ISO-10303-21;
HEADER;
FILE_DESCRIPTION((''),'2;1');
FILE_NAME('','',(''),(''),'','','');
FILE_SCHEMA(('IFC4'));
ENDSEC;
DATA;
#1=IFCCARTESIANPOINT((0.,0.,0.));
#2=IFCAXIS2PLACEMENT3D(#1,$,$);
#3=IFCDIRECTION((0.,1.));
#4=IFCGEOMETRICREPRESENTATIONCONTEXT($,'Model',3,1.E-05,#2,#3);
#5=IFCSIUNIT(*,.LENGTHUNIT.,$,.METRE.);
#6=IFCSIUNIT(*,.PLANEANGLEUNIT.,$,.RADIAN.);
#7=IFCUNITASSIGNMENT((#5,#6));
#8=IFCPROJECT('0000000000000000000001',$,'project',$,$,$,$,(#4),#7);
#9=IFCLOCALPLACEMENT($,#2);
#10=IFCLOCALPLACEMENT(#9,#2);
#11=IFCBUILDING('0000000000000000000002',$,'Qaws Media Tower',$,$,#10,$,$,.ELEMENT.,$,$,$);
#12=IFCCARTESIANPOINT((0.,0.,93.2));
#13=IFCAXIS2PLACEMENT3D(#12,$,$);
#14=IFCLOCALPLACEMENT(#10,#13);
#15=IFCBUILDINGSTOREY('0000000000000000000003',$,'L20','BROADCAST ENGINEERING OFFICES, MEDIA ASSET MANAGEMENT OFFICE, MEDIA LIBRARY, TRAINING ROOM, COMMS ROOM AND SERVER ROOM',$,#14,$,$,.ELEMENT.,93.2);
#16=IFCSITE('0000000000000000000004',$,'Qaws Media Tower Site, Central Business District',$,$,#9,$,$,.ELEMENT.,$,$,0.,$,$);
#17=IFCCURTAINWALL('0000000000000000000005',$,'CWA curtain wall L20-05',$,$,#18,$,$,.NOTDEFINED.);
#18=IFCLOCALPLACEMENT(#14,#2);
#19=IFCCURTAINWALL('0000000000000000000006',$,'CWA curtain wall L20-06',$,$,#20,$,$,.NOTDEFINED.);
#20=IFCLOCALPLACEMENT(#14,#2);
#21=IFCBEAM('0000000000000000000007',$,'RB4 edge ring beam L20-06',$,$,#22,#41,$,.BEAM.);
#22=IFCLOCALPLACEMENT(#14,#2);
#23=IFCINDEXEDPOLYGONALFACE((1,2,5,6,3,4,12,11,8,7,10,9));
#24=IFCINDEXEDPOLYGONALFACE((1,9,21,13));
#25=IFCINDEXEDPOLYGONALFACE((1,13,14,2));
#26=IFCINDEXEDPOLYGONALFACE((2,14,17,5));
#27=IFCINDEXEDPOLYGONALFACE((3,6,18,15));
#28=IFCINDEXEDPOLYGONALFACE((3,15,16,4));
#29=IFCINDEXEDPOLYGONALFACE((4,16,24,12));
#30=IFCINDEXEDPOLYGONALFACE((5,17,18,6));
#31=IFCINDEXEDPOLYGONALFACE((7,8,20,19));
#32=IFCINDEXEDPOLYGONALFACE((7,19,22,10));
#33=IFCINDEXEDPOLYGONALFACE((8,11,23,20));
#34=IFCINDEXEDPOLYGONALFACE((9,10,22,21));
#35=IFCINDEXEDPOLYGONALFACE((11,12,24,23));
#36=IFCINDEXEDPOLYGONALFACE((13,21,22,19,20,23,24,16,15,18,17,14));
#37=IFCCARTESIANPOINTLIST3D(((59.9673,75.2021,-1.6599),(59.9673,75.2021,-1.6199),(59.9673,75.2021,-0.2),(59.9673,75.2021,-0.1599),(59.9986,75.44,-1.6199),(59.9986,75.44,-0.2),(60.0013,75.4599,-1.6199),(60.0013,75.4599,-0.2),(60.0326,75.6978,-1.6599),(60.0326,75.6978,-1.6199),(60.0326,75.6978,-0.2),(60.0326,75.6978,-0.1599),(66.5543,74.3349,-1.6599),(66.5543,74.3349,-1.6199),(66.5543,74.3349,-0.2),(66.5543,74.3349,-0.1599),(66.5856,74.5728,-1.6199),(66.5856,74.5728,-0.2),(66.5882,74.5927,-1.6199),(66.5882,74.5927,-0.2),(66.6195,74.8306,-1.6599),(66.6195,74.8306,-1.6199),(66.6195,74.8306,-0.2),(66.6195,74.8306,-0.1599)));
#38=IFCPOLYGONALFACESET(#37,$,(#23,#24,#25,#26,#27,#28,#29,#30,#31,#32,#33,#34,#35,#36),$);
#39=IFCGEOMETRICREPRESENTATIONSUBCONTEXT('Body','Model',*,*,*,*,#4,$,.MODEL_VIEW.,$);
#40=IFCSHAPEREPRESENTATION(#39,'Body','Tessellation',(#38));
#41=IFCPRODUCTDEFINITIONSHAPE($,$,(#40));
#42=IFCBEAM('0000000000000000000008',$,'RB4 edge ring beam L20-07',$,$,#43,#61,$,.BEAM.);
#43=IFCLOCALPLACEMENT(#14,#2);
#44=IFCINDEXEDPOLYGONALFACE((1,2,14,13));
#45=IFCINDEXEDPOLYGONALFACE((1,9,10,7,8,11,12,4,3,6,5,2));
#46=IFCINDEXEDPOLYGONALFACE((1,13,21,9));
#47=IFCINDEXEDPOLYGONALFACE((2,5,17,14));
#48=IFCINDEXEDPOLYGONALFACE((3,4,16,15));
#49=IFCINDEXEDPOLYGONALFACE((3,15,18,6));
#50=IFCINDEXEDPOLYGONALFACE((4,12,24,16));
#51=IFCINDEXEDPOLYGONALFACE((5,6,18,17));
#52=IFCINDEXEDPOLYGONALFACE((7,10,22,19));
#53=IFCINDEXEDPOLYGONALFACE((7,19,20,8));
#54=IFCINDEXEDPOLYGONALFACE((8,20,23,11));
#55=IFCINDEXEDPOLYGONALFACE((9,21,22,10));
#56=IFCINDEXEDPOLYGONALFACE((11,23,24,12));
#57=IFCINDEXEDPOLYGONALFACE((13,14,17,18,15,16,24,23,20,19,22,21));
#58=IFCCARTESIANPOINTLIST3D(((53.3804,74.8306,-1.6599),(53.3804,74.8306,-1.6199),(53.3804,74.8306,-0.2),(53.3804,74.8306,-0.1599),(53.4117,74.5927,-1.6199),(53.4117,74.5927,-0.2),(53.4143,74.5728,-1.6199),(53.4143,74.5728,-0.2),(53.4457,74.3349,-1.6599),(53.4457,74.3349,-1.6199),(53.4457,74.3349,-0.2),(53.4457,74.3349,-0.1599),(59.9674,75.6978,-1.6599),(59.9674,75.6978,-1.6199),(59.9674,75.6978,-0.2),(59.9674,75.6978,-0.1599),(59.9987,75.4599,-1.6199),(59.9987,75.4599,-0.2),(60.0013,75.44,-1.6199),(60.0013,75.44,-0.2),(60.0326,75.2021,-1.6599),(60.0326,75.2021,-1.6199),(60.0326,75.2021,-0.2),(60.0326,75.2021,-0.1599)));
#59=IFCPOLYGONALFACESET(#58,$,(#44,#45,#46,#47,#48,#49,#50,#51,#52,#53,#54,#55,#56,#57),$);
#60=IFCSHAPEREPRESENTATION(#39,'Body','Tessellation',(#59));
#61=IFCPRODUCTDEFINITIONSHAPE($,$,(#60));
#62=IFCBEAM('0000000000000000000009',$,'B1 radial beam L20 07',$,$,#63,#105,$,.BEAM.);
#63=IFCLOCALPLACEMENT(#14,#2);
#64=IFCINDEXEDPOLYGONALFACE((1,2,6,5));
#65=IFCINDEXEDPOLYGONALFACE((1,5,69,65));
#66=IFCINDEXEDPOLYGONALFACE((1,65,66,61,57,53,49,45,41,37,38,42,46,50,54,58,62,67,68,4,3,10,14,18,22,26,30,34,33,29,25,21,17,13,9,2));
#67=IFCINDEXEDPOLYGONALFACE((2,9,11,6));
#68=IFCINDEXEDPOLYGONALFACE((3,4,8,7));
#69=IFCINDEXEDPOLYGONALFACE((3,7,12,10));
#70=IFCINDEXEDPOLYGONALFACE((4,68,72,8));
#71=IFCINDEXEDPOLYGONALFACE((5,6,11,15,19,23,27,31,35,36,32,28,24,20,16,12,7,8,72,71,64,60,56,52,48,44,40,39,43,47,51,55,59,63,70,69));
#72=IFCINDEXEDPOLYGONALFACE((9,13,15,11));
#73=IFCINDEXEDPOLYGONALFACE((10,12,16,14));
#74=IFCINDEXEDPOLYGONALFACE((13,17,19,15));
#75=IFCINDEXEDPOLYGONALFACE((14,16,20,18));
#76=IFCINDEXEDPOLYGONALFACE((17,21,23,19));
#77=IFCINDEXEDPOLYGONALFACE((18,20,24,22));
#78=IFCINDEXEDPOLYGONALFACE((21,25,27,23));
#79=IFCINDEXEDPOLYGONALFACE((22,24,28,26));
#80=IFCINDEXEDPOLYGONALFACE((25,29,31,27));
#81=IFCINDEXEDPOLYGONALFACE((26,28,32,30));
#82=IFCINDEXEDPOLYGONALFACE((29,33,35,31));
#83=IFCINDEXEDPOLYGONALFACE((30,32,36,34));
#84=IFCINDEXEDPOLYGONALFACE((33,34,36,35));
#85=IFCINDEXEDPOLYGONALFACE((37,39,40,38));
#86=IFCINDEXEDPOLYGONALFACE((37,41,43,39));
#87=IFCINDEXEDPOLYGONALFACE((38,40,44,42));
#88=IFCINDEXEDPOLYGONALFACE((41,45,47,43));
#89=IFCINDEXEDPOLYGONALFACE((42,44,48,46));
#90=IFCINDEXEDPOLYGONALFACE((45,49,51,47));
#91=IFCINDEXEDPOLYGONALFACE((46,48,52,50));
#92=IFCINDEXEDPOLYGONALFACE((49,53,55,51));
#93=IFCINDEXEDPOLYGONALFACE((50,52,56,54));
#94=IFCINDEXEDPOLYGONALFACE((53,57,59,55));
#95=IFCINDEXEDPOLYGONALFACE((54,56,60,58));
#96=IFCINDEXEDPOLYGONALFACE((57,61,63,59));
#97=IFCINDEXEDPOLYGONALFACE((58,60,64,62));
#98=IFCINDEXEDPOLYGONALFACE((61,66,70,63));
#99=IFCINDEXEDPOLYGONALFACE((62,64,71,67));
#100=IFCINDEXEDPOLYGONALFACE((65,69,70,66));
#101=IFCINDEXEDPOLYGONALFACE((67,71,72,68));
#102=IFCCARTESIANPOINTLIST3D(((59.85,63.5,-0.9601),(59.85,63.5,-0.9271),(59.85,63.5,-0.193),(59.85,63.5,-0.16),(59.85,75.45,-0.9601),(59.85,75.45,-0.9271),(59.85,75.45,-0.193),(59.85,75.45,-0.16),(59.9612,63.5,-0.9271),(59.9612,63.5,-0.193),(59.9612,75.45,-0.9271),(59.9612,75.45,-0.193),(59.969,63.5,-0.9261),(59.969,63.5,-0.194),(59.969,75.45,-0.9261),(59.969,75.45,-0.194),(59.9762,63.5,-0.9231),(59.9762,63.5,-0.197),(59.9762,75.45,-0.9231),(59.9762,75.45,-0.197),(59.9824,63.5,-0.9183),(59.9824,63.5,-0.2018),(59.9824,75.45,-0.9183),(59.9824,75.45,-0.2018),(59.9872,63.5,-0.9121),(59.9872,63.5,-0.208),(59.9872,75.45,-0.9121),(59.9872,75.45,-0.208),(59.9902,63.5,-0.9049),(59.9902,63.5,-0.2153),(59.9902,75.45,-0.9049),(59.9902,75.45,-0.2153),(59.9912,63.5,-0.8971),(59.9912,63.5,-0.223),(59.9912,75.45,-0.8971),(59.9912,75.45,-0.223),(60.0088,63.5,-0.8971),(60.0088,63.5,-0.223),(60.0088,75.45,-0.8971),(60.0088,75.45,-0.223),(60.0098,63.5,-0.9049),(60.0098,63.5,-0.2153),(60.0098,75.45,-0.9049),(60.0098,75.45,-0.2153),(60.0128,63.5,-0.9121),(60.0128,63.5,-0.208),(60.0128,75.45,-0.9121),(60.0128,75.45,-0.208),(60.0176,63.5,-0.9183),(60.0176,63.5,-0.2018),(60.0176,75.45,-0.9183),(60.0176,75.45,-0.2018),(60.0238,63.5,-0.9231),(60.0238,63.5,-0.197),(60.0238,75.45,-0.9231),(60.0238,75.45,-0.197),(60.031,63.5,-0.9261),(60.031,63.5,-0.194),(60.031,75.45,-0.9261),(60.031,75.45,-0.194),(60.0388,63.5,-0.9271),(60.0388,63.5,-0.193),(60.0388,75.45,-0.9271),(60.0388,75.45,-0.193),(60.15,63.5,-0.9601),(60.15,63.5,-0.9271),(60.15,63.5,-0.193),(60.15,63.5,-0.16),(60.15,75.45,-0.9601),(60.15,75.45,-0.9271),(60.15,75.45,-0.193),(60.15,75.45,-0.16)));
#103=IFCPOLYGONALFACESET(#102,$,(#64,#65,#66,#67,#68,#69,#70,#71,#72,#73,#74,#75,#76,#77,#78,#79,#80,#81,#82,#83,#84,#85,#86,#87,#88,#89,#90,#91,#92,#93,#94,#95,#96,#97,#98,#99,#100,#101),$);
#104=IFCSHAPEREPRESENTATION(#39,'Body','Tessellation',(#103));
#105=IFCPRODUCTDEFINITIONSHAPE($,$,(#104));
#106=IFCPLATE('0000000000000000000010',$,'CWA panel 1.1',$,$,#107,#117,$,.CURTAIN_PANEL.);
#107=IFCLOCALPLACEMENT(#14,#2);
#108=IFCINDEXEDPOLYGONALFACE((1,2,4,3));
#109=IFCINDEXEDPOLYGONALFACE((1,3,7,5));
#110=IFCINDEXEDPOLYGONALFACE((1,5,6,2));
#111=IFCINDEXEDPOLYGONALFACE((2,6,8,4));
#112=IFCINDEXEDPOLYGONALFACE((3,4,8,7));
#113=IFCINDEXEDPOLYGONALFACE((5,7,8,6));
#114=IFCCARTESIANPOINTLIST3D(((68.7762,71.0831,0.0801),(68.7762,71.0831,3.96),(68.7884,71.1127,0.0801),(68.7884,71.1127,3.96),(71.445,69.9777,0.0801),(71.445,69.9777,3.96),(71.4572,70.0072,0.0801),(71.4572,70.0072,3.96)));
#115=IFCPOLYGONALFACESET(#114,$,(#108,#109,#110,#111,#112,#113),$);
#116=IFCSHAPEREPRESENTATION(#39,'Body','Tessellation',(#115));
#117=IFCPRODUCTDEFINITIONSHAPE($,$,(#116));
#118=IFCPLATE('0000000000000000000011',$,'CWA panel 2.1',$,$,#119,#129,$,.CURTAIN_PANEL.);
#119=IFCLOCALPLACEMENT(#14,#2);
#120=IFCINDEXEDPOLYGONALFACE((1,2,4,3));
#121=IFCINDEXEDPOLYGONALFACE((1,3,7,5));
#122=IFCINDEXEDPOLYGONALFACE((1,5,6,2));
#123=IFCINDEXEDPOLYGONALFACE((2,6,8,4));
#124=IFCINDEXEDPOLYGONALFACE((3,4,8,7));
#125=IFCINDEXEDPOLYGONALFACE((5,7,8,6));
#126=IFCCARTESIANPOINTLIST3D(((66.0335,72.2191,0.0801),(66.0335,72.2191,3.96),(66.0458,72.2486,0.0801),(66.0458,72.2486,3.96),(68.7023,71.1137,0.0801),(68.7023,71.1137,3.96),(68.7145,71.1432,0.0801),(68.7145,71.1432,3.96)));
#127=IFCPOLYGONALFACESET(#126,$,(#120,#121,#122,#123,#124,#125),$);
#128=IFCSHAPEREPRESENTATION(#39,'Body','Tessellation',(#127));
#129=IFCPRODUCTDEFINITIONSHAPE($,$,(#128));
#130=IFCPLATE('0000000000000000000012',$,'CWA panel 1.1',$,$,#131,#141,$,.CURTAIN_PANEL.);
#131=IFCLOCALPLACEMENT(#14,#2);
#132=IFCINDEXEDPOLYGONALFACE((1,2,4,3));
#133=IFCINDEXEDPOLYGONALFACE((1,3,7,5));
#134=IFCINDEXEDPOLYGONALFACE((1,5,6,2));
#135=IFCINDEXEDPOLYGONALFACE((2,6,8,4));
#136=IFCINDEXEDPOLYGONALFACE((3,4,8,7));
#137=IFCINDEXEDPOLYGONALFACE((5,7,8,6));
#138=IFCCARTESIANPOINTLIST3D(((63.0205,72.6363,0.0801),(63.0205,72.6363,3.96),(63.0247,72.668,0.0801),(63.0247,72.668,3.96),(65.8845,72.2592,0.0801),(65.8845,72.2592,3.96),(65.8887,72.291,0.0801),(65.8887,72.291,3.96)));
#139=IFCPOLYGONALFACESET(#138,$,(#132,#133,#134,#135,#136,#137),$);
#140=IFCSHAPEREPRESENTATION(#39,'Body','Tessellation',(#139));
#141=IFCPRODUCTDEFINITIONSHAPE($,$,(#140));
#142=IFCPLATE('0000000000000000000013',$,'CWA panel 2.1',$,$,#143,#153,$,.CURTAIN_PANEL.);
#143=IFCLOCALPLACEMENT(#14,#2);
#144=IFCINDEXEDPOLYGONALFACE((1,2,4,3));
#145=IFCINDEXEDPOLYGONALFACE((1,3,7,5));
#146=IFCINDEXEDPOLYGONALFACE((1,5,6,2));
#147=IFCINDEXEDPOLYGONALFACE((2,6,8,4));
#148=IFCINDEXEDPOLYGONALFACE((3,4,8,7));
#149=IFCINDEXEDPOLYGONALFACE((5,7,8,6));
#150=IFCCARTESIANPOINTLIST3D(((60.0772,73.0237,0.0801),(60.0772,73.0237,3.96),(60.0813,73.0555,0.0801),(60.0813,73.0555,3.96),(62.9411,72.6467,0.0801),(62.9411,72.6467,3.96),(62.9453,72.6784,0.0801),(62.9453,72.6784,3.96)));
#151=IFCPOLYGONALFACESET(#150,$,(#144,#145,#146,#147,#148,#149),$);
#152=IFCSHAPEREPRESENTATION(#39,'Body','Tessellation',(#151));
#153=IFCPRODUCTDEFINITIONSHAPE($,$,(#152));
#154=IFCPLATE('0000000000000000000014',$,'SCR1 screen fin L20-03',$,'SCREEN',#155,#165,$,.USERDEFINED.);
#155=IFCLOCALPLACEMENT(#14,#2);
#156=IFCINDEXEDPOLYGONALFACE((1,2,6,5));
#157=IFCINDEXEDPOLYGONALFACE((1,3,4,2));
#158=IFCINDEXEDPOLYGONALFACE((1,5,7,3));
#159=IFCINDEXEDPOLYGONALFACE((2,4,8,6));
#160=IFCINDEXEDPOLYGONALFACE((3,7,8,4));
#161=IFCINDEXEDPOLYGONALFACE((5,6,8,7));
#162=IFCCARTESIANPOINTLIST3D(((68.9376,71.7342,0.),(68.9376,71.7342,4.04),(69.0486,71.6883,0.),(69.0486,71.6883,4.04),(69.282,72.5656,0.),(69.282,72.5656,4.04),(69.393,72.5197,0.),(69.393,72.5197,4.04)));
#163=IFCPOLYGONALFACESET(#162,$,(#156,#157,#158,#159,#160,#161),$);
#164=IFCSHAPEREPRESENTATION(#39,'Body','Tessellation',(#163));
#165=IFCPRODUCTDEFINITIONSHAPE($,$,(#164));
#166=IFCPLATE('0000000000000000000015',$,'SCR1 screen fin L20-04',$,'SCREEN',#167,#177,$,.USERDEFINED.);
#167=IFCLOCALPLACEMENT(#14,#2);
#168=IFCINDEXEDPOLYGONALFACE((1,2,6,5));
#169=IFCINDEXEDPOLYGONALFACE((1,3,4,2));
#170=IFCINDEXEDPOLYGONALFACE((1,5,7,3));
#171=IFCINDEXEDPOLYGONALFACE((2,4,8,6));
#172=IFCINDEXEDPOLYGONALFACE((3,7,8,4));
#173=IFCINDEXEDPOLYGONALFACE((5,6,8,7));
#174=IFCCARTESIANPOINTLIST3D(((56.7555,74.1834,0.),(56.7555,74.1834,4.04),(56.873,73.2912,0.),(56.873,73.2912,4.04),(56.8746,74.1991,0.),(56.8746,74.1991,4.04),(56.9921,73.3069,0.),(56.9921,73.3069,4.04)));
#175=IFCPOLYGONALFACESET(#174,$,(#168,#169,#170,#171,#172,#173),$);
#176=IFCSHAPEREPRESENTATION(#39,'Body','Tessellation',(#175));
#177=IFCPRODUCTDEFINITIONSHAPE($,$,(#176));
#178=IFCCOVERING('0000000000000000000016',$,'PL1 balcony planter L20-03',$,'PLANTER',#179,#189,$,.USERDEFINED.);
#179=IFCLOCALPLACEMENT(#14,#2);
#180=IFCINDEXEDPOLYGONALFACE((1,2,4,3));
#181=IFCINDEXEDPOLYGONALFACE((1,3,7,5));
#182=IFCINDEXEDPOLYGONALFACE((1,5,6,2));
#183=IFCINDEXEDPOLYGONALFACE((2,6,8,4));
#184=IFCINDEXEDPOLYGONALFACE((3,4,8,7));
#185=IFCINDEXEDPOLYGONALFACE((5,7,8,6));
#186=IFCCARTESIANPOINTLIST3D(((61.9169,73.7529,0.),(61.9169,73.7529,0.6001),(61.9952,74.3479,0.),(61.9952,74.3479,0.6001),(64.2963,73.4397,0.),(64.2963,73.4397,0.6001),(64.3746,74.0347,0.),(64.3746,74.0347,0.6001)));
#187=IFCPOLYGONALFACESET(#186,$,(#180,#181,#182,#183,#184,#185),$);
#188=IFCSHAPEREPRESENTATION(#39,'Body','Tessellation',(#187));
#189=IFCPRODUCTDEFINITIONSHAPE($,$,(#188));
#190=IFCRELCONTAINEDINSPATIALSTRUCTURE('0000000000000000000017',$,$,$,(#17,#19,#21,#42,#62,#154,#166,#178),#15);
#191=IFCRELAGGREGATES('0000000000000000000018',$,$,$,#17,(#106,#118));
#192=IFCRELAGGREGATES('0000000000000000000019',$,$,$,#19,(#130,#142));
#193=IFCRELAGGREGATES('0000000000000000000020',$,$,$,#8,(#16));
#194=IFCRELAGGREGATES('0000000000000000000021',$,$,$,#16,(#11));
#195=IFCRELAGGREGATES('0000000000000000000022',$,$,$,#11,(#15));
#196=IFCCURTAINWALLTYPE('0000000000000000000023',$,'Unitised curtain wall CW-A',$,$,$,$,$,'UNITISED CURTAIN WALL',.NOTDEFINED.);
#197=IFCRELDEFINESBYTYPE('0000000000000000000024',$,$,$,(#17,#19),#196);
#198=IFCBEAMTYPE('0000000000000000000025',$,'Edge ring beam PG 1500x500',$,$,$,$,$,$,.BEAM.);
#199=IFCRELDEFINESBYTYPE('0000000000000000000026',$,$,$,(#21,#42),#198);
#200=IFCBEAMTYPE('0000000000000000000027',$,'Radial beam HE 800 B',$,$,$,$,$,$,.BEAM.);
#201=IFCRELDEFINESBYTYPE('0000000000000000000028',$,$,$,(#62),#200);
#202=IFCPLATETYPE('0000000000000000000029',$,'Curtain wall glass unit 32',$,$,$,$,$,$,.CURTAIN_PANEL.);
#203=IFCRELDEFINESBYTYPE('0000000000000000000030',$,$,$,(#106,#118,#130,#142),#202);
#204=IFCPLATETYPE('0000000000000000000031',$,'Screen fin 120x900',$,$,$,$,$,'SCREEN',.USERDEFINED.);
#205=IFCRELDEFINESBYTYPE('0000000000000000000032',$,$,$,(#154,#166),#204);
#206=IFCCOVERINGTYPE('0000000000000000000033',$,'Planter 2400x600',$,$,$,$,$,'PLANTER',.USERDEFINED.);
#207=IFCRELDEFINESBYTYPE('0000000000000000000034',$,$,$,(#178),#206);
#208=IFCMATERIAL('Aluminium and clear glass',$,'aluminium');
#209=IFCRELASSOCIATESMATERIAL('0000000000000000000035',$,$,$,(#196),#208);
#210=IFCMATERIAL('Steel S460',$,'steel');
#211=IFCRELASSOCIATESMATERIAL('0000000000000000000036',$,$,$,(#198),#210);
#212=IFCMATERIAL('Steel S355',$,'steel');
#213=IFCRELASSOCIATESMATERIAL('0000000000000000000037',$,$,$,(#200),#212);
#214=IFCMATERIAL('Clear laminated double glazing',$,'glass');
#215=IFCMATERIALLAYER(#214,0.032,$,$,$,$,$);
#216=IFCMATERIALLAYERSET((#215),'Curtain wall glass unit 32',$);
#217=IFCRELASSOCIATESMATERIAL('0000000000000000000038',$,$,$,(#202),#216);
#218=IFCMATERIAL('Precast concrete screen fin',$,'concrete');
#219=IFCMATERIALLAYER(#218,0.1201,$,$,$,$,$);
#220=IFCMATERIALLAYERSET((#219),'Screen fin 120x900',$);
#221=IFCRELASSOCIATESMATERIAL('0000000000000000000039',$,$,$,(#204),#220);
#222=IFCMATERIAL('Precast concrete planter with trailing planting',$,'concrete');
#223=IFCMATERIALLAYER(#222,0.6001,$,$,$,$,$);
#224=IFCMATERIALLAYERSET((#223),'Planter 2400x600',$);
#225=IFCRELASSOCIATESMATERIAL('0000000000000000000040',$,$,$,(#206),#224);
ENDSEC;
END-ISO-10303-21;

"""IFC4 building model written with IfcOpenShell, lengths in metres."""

from ifc_helpers import new_model, si_unit, direction, frame, origin, origin_2d, place, context, subcontext, project, spatial, rectangle, i_section, extrude, material, layer, layer_set, material_profile, profile_set, type_object, element, aggregate, save


model = new_model("IFC4")

# Units and contexts
model_context = context("Model", 3, precision=1e-05, world=origin(), true_north=direction((0.0, 1.0)))
body_context = subcontext(model_context, "Body", "Model", "MODEL_VIEW")
ifc_project = project(units=[si_unit("LENGTHUNIT", "METRE"), si_unit("PLANEANGLEUNIT", "RADIAN")], contexts=[model_context])

# Site, building, storey
site_placement = place(None, origin())
site = spatial("IfcSite", under=ifc_project, at=site_placement, Name="Qaws Media Tower Site, Central Business District", CompositionType="ELEMENT", RefElevation=0.0)
building_placement = place(site_placement, origin())
building = spatial("IfcBuilding", under=site, at=building_placement, Name="Qaws Media Tower", CompositionType="ELEMENT")
storey_placement = place(building_placement, frame((0.0, 0.0, 93.2)))
storey = spatial("IfcBuildingStorey", under=building, at=storey_placement, Name="L20", Description="BROADCAST ENGINEERING OFFICES, MEDIA ASSET MANAGEMENT OFFICE, MEDIA LIBRARY, TRAINING ROOM, COMMS ROOM AND SERVER ROOM", CompositionType="ELEMENT", Elevation=93.2)

# Shared definitions
ifc_material_1 = material(Name="Aluminium and clear glass", Category="aluminium")
curtain_wall_type = type_object("IfcCurtainWallType", Name="Unitised curtain wall CW-A", ElementType="UNITISED CURTAIN WALL", PredefinedType="NOTDEFINED", material=ifc_material_1)

# Curtain walls
curtain_wall_1_placement = place(storey_placement, origin())
curtain_wall_1 = element("IfcCurtainWall", 1, at=curtain_wall_1_placement, inside=storey, type_object=curtain_wall_type, Name="CWA curtain wall L20-05", PredefinedType="NOTDEFINED")
curtain_wall_2_placement = place(storey_placement, origin())
curtain_wall_2 = element("IfcCurtainWall", 2, at=curtain_wall_2_placement, inside=storey, type_object=curtain_wall_type, Name="CWA curtain wall L20-06", PredefinedType="NOTDEFINED")

# Beams
ifc_material_2 = material(Name="Steel S460", Category="steel")
ifc_material_profile_1 = material_profile(ifc_material_2, i_section(OverallWidth=0.5, OverallDepth=1.5, WebThickness=0.02, FlangeThickness=0.04, at=origin_2d()), Name="PG 1500x500")
ifc_profile_set_1 = profile_set([ifc_material_profile_1], Name="Steel S460")
beam_type_1 = type_object("IfcBeamType", Name="Edge ring beam PG 1500x500", PredefinedType="BEAM", material=ifc_profile_set_1)
for number, where, z_axis, x_axis, name in (
    (3, (66.5869, 74.5828, -0.9099), (-0.991445, 0.130527, 0.0), (-0.130527, -0.991445, 0.0), "RB4 edge ring beam L20-06"),
    (4, (60.0, 75.45, -0.9099), (-0.991445, -0.130527, 0.0), (0.130527, -0.991445, 0.0), "RB4 edge ring beam L20-07"),
):
    element("IfcBeam", number, at=place(storey_placement, frame(where, z_axis=z_axis, x_axis=x_axis)), inside=storey, type_object=beam_type_1, Name=name, PredefinedType="BEAM", context=body_context, shape_type="SweptSolid", body=[
        extrude(i_section(OverallWidth=0.5, OverallDepth=1.5, WebThickness=0.02, FlangeThickness=0.04, at=origin_2d()), origin(), (0.0, 0.0, 1.0), 6.6438),
    ])
ifc_material_3 = material(Name="Steel S355", Category="steel")
ifc_material_profile_2 = material_profile(ifc_material_3, i_section(OverallWidth=0.3, OverallDepth=0.8, WebThickness=0.0176, FlangeThickness=0.033, FilletRadius=0.03, at=origin_2d()), Name="HE 800 B")
ifc_profile_set_2 = profile_set([ifc_material_profile_2], Name="Steel S355")
beam_type_2 = type_object("IfcBeamType", Name="Radial beam HE 800 B", PredefinedType="BEAM", material=ifc_profile_set_2)
beam_placement = place(storey_placement, frame((60.0, 63.5, -0.5601), z_axis=(0.0, 1.0, 0.0), x_axis=(-1.0, 0.0, 0.0)))
element("IfcBeam", 5, at=beam_placement, inside=storey, type_object=beam_type_2, Name="B1 radial beam L20 07", PredefinedType="BEAM", context=body_context, shape_type="SweptSolid", body=[
    extrude(i_section(OverallWidth=0.3, OverallDepth=0.8, WebThickness=0.0176, FlangeThickness=0.033, FilletRadius=0.03, at=origin_2d()), origin(), (0.0, 0.0, 1.0), 11.95),
])

# Plates
ifc_material_4 = material(Name="Clear laminated double glazing", Category="glass")
ifc_layer_1 = layer(ifc_material_4, 0.032)
ifc_layer_set_1 = layer_set([ifc_layer_1], Name="Curtain wall glass unit 32")
plate_type_1 = type_object("IfcPlateType", Name="Curtain wall glass unit 32", PredefinedType="CURTAIN_PANEL", material=ifc_layer_set_1)
plate_1_placement = place(storey_placement, frame((70.1167, 70.5452, 0.0801), z_axis=(0.0, 0.0, 1.0), x_axis=(-0.92388, 0.382683, 0.0)))
plate_1 = element("IfcPlate", 6, at=plate_1_placement, type_object=plate_type_1, Name="CWA panel 1.1", PredefinedType="CURTAIN_PANEL", context=body_context, shape_type="SweptSolid", body=[
    extrude(rectangle(XDim=2.8887, YDim=0.032, at=origin_2d()), origin(), (0.0, 0.0, 1.0), 3.8799),
])
plate_2_placement = place(storey_placement, frame((67.374, 71.6812, 0.0801), z_axis=(0.0, 0.0, 1.0), x_axis=(-0.92388, 0.382683, 0.0)))
plate_2 = element("IfcPlate", 7, at=plate_2_placement, type_object=plate_type_1, Name="CWA panel 2.1", PredefinedType="CURTAIN_PANEL", context=body_context, shape_type="SweptSolid", body=[
    extrude(rectangle(XDim=2.8887, YDim=0.032, at=origin_2d()), origin(), (0.0, 0.0, 1.0), 3.8799),
])
aggregate(curtain_wall_1, [plate_1, plate_2])
plate_3_placement = place(storey_placement, frame((64.4546, 72.4636, 0.0801), z_axis=(0.0, 0.0, 1.0), x_axis=(-0.991445, 0.130526, 0.0)))
plate_3 = element("IfcPlate", 8, at=plate_3_placement, type_object=plate_type_1, Name="CWA panel 1.1", PredefinedType="CURTAIN_PANEL", context=body_context, shape_type="SweptSolid", body=[
    extrude(rectangle(XDim=2.8887, YDim=0.032, at=origin_2d()), origin(), (0.0, 0.0, 1.0), 3.8799),
])
plate_4_placement = place(storey_placement, frame((61.5112, 72.8511, 0.0801), z_axis=(0.0, 0.0, 1.0), x_axis=(-0.991445, 0.130526, 0.0)))
plate_4 = element("IfcPlate", 9, at=plate_4_placement, type_object=plate_type_1, Name="CWA panel 2.1", PredefinedType="CURTAIN_PANEL", context=body_context, shape_type="SweptSolid", body=[
    extrude(rectangle(XDim=2.8887, YDim=0.032, at=origin_2d()), origin(), (0.0, 0.0, 1.0), 3.8799),
])
aggregate(curtain_wall_2, [plate_3, plate_4])

# Plates
ifc_material_5 = material(Name="Precast concrete screen fin", Category="concrete")
ifc_layer_2 = layer(ifc_material_5, 0.1201)
ifc_layer_set_2 = layer_set([ifc_layer_2], Name="Screen fin 120x900")
plate_type_2 = type_object("IfcPlateType", Name="Screen fin 120x900", ElementType="SCREEN", PredefinedType="USERDEFINED", material=ifc_layer_set_2)
for number, where, z_axis, x_axis, name in (
    (10, (69.1653, 72.127, 0.0), (0.0, 0.0, 1.0), (0.382683, 0.92388, 0.0), "SCR1 screen fin L20-03"),
    (11, (56.8738, 73.7451, 0.0), (0.0, 0.0, 1.0), (-0.130526, 0.991445, 0.0), "SCR1 screen fin L20-04"),
):
    element("IfcPlate", number, at=place(storey_placement, frame(where, z_axis=z_axis, x_axis=x_axis)), inside=storey, type_object=plate_type_2, Name=name, ObjectType="SCREEN", PredefinedType="USERDEFINED", context=body_context, shape_type="SweptSolid", body=[
        extrude(rectangle(XDim=0.8999, YDim=0.1201, at=origin_2d()), origin(), (0.0, 0.0, 1.0), 4.04),
    ])

# Covering
ifc_material_6 = material(Name="Precast concrete planter with trailing planting", Category="concrete")
ifc_layer_3 = layer(ifc_material_6, 0.6001)
ifc_layer_set_3 = layer_set([ifc_layer_3], Name="Planter 2400x600")
covering_type = type_object("IfcCoveringType", Name="Planter 2400x600", ElementType="PLANTER", PredefinedType="USERDEFINED", material=ifc_layer_set_3)
covering_placement = place(storey_placement, frame((63.1458, 73.8938, 0.0), z_axis=(0.0, 0.0, 1.0), x_axis=(-0.991445, 0.130526, 0.0)))
element("IfcCovering", 12, at=covering_placement, inside=storey, type_object=covering_type, Name="PL1 balcony planter L20-03", ObjectType="PLANTER", PredefinedType="USERDEFINED", context=body_context, shape_type="SweptSolid", body=[
    extrude(rectangle(XDim=2.3999, YDim=0.6001, at=origin_2d()), origin(), (0.0, 0.0, 1.0), 0.6001),
])

save(model, "model.ifc")
